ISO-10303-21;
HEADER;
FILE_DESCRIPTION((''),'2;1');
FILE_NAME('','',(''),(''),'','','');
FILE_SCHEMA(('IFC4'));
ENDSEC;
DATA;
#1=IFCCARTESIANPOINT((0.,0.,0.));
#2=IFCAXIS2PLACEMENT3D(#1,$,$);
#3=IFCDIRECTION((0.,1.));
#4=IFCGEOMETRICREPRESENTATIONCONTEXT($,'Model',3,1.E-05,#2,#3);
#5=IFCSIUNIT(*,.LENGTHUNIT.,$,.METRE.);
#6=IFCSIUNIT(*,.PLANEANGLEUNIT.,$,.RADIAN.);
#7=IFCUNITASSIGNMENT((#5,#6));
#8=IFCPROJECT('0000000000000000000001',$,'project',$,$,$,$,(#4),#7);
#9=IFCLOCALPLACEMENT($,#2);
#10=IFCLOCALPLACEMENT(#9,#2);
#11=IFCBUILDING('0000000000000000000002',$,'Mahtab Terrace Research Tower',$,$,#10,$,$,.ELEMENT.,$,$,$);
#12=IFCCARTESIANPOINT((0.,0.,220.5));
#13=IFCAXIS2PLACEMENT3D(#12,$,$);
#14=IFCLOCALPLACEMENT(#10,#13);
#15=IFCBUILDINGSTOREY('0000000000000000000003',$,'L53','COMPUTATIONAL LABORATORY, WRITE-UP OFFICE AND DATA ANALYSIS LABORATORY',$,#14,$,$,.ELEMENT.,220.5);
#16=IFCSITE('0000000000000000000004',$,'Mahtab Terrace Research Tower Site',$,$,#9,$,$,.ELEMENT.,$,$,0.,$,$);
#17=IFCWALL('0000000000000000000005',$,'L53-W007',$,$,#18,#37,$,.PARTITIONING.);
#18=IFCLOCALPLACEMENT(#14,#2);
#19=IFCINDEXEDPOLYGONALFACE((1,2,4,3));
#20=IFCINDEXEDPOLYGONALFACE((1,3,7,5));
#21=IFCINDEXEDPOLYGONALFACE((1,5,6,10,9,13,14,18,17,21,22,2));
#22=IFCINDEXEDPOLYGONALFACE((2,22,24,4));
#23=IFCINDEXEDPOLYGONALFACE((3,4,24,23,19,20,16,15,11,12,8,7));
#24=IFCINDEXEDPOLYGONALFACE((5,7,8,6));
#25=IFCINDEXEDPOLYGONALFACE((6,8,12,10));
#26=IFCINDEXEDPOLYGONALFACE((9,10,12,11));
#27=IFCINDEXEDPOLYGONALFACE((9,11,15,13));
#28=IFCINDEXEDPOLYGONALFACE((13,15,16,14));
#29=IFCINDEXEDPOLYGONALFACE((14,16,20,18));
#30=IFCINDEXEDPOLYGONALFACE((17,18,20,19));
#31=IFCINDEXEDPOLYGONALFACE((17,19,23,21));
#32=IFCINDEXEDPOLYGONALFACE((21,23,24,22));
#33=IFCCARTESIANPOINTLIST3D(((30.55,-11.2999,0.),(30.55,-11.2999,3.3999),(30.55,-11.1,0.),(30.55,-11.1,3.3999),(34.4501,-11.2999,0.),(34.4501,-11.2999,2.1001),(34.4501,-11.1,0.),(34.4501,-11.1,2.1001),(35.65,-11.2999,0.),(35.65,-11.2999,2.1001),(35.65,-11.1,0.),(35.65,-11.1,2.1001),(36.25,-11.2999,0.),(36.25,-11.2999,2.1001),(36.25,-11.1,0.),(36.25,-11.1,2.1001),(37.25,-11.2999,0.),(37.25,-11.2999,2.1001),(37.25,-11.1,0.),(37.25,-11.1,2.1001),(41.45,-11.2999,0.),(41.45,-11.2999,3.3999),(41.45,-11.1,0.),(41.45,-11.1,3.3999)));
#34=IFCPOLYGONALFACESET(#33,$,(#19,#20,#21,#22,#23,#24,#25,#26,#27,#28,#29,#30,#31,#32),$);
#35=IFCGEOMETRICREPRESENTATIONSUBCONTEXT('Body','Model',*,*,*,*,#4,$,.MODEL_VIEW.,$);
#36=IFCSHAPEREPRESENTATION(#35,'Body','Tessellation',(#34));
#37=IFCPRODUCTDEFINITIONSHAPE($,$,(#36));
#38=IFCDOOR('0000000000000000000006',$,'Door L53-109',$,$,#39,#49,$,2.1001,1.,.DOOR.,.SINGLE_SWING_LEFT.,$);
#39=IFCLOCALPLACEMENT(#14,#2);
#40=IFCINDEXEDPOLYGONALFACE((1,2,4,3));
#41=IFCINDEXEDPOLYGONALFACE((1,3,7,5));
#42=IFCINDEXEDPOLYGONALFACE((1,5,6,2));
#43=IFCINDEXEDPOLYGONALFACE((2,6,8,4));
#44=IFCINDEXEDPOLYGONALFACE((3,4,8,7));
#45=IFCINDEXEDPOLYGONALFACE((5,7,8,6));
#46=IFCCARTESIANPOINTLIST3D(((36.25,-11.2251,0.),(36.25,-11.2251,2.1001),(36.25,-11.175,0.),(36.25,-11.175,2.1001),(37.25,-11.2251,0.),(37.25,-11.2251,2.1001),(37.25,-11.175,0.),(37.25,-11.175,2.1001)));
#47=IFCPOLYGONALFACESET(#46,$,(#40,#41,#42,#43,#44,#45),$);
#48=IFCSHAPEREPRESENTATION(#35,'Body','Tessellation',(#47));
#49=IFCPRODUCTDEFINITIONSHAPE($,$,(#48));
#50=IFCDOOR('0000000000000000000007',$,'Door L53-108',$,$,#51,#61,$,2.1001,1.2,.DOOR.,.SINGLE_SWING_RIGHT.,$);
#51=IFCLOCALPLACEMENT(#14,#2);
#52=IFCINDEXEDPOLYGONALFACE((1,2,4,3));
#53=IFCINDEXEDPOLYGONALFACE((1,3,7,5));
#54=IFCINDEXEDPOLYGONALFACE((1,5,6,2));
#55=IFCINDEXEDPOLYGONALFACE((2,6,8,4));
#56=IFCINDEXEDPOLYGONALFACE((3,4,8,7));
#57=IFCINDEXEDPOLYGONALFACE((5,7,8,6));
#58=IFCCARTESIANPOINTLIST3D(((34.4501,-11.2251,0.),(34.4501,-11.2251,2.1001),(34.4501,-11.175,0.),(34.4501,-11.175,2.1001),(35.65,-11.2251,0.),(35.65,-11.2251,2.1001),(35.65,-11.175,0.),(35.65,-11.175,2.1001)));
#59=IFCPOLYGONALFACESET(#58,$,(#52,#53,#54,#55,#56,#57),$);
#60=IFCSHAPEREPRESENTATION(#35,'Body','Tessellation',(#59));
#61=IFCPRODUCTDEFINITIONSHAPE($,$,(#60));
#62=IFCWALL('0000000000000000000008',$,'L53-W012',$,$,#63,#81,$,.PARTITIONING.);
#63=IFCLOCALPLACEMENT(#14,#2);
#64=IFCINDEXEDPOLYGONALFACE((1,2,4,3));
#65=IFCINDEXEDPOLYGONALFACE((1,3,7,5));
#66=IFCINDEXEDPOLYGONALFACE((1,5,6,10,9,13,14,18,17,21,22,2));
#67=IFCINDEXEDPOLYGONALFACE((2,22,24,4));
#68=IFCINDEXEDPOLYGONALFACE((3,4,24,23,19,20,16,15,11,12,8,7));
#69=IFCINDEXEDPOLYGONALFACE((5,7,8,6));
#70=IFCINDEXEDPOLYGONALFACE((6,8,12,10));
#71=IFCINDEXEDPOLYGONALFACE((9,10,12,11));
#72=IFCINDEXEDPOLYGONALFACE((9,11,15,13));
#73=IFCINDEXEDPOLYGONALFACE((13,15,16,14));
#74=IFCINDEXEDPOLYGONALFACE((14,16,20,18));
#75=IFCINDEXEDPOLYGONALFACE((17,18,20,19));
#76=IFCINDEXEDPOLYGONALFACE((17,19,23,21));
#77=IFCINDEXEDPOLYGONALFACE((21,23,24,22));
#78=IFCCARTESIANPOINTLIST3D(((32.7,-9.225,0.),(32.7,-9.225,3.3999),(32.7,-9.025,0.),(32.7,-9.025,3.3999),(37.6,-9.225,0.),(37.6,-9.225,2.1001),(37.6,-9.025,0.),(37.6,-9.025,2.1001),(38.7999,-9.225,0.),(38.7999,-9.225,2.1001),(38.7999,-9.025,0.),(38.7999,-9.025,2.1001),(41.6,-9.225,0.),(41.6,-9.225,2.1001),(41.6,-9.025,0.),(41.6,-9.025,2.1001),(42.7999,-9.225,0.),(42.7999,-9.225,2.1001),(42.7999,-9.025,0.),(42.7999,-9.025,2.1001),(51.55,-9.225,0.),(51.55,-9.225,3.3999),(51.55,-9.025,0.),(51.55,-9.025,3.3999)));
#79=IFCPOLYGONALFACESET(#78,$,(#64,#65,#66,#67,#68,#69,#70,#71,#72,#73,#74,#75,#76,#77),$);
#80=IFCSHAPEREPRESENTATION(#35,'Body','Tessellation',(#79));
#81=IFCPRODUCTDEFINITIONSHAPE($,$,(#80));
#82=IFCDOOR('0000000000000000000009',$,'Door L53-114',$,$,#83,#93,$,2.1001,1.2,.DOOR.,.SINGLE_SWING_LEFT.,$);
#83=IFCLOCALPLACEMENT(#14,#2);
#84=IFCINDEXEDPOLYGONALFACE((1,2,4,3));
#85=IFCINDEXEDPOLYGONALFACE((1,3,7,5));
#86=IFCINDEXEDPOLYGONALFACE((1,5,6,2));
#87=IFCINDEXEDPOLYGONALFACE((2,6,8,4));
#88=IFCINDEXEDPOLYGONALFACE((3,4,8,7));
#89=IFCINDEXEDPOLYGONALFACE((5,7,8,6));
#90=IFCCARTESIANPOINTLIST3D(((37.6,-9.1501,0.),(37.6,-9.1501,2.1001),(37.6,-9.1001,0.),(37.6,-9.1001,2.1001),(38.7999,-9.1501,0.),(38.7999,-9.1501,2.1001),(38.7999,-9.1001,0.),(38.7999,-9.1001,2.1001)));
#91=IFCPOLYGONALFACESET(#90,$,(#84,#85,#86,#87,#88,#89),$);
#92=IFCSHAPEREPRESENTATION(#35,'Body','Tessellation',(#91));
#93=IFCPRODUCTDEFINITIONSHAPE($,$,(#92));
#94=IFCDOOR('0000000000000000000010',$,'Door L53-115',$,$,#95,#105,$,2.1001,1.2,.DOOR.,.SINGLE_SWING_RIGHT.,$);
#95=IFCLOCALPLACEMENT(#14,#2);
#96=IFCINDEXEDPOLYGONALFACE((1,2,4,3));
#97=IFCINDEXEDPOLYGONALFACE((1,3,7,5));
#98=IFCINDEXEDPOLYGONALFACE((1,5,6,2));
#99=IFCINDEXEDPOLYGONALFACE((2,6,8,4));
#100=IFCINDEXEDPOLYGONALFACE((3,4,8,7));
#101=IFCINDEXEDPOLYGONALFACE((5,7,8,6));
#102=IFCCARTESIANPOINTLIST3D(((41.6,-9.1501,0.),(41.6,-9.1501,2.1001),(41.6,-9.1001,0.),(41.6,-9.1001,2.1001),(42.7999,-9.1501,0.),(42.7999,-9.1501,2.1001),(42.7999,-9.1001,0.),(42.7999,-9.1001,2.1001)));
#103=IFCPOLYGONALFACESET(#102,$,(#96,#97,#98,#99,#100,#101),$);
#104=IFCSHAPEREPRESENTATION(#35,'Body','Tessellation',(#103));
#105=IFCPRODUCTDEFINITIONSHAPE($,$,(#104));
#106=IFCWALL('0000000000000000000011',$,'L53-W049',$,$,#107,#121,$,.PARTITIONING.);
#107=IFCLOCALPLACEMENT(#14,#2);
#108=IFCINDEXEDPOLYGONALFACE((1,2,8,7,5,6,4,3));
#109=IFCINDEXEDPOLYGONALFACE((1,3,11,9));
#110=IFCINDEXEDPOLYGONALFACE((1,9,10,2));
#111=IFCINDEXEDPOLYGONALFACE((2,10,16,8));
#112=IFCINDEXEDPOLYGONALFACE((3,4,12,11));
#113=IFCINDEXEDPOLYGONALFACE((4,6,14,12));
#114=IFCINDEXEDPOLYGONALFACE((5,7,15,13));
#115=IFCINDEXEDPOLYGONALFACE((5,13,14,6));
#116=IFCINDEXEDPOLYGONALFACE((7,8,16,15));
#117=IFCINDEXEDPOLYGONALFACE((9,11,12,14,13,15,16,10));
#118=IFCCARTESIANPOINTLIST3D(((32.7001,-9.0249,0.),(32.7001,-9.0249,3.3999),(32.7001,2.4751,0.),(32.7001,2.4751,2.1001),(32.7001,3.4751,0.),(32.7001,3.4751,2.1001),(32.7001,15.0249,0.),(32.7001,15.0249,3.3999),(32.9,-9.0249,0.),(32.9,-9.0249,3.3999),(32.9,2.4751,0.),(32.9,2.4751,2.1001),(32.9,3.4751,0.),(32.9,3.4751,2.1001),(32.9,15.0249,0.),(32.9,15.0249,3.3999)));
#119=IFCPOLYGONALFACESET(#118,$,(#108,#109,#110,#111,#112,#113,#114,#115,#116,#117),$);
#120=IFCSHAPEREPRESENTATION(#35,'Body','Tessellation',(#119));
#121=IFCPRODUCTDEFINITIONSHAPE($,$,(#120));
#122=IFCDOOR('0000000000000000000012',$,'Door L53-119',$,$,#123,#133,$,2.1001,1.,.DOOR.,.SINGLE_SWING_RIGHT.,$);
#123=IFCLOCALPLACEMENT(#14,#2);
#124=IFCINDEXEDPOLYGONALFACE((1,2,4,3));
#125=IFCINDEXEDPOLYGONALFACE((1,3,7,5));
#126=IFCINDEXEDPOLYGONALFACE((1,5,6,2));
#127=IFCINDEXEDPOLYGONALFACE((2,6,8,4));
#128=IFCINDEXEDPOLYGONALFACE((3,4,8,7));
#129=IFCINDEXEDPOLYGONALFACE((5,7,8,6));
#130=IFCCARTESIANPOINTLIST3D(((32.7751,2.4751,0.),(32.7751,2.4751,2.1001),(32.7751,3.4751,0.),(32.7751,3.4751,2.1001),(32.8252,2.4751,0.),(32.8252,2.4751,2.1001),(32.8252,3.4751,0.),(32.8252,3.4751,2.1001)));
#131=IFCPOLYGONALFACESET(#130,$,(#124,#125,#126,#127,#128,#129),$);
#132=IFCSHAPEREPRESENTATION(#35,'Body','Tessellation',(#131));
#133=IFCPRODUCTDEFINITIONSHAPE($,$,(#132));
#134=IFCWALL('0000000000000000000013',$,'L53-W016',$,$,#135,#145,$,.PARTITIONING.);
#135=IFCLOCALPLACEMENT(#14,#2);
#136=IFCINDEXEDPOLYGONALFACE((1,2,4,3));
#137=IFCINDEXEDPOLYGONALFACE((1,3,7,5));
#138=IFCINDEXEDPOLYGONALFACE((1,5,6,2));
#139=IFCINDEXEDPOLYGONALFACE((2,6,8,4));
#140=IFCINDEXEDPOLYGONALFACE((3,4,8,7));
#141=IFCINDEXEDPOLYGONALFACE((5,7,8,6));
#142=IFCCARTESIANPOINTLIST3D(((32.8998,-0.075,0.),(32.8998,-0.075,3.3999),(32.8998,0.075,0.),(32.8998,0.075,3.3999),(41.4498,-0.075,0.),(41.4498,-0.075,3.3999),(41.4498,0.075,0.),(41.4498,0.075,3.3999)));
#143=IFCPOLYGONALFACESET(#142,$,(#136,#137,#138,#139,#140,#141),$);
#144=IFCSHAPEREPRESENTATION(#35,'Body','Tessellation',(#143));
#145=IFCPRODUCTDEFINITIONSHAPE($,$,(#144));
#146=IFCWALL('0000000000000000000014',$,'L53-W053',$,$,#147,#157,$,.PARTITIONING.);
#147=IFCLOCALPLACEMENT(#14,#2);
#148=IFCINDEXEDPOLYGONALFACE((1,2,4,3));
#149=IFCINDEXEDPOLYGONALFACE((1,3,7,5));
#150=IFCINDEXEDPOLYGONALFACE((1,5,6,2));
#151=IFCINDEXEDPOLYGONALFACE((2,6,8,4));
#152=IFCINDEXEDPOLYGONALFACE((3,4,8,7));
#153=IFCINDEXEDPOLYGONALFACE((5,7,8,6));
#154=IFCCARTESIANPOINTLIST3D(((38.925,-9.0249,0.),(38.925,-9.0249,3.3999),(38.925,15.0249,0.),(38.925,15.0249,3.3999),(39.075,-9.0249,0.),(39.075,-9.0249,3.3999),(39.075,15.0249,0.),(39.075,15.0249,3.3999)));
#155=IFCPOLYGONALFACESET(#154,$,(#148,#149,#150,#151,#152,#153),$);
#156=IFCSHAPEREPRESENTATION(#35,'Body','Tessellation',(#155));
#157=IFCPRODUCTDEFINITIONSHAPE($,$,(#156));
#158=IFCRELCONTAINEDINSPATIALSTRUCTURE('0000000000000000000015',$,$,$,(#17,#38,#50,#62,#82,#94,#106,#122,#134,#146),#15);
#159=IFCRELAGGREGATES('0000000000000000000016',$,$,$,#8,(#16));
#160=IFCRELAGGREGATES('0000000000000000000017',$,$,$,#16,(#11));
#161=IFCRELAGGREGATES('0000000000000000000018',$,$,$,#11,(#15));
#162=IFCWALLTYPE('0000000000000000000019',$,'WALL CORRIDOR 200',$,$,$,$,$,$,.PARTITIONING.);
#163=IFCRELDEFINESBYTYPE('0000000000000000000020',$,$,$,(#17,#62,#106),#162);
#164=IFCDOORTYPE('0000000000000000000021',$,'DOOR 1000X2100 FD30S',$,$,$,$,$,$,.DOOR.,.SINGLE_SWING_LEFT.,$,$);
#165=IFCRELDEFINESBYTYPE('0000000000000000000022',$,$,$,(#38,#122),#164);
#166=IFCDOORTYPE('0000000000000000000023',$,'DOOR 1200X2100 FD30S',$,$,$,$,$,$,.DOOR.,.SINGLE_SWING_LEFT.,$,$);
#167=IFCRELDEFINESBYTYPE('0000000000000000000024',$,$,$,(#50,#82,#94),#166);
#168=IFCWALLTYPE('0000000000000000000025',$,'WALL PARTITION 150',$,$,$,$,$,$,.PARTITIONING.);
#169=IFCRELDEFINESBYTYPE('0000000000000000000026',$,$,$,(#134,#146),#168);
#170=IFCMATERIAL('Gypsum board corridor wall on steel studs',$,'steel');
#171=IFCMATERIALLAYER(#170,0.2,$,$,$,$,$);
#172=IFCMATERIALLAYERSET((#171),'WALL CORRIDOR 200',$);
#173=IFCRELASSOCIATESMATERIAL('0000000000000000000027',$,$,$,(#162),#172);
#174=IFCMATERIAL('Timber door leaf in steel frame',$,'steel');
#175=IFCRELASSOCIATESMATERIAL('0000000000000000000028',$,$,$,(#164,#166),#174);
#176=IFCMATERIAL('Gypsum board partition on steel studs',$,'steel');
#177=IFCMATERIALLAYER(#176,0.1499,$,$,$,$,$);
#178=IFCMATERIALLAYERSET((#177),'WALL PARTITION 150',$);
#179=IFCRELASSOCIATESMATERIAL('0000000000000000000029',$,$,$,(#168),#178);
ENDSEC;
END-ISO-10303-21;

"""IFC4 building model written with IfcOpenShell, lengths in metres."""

from ifc_helpers import new_model, si_unit, direction, frame, frame_2d, origin, place, context, subcontext, project, spatial, rectangle, extrude, material, layer, layer_set, type_object, element, fill, save


model = new_model("IFC4")

# Units and contexts
model_context = context("Model", 3, precision=1e-05, world=origin(), true_north=direction((0.0, 1.0)))
body_context = subcontext(model_context, "Body", "Model", "MODEL_VIEW")
ifc_project = project(units=[si_unit("LENGTHUNIT", "METRE"), si_unit("PLANEANGLEUNIT", "RADIAN")], contexts=[model_context])

# Site, building, storey
site_placement = place(None, origin())
site = spatial("IfcSite", under=ifc_project, at=site_placement, Name="Mahtab Terrace Research Tower Site", CompositionType="ELEMENT", RefElevation=0.0)
building_placement = place(site_placement, origin())
building = spatial("IfcBuilding", under=site, at=building_placement, Name="Mahtab Terrace Research Tower", CompositionType="ELEMENT")
storey_placement = place(building_placement, frame((0.0, 0.0, 220.5)))
storey = spatial("IfcBuildingStorey", under=building, at=storey_placement, Name="L53", Description="COMPUTATIONAL LABORATORY, WRITE-UP OFFICE AND DATA ANALYSIS LABORATORY", CompositionType="ELEMENT", Elevation=220.5)

# Walls, openings, doors
ifc_material_1 = material(Name="Gypsum board corridor wall on steel studs", Category="steel")
ifc_layer_1 = layer(ifc_material_1, 0.2)
ifc_layer_set_1 = layer_set([ifc_layer_1], Name="WALL CORRIDOR 200")
wall_type_1 = type_object("IfcWallType", Name="WALL CORRIDOR 200", PredefinedType="PARTITIONING", material=ifc_layer_set_1)
wall_1_placement = place(storey_placement, frame((30.55, -11.2, 0.0), z_axis=(0.0, 0.0, 1.0), x_axis=(1.0, 0.0, 0.0)))
wall_1 = element("IfcWall", 1, at=wall_1_placement, inside=storey, type_object=wall_type_1, Name="L53-W007", PredefinedType="PARTITIONING", context=body_context, shape_type="SweptSolid", body=[
    extrude(rectangle(XDim=10.8999, YDim=0.2, at=frame_2d((5.45, 0.0))), origin(), (0.0, 0.0, 1.0), 3.3999),
])
opening_1_placement = place(wall_1_placement, frame((3.8999, 0.0, 0.0)))
opening_1 = element("IfcOpeningElement", 2, at=opening_1_placement, cuts=wall_1, PredefinedType="OPENING", context=body_context, shape_type="SweptSolid", body=[
    extrude(rectangle(XDim=1.2, YDim=2.1001, at=frame_2d((0.6001, 1.05))), frame((0.0, 0.1099, 0.0), z_axis=(0.0, -1.0, 0.0), x_axis=(1.0, 0.0, 0.0)), (0.0, 0.0, 1.0), 0.22),
])
opening_2_placement = place(wall_1_placement, frame((5.7, 0.0, 0.0)))
opening_2 = element("IfcOpeningElement", 3, at=opening_2_placement, cuts=wall_1, PredefinedType="OPENING", context=body_context, shape_type="SweptSolid", body=[
    extrude(rectangle(XDim=1.0, YDim=2.1001, at=frame_2d((0.5, 1.05))), frame((0.0, 0.1099, 0.0), z_axis=(0.0, -1.0, 0.0), x_axis=(1.0, 0.0, 0.0)), (0.0, 0.0, 1.0), 0.22),
])
ifc_material_2 = material(Name="Timber door leaf in steel frame", Category="steel")
door_type_1 = type_object("IfcDoorType", Name="DOOR 1000X2100 FD30S", OperationType="SINGLE_SWING_LEFT", PredefinedType="DOOR", material=ifc_material_2)
door_1_placement = place(opening_2_placement, origin())
door_1 = element("IfcDoor", 4, at=door_1_placement, inside=storey, type_object=door_type_1, Name="Door L53-109", OperationType="SINGLE_SWING_LEFT", OverallHeight=2.1001, OverallWidth=1.0, PredefinedType="DOOR", context=body_context, shape_type="SweptSolid", body=[
    extrude(rectangle(XDim=1.0, YDim=2.1001, at=frame_2d((0.5, 1.05))), frame((0.0, 0.0249, 0.0), z_axis=(0.0, -1.0, 0.0), x_axis=(1.0, 0.0, 0.0)), (0.0, 0.0, 1.0), 0.05),
])
fill(opening_2, door_1)
door_type_2 = type_object("IfcDoorType", Name="DOOR 1200X2100 FD30S", OperationType="SINGLE_SWING_LEFT", PredefinedType="DOOR", material=ifc_material_2)
door_2_placement = place(opening_1_placement, origin())
door_2 = element("IfcDoor", 5, at=door_2_placement, inside=storey, type_object=door_type_2, Name="Door L53-108", OperationType="SINGLE_SWING_RIGHT", OverallHeight=2.1001, OverallWidth=1.2, PredefinedType="DOOR", context=body_context, shape_type="SweptSolid", body=[
    extrude(rectangle(XDim=1.2, YDim=2.1001, at=frame_2d((0.6001, 1.05))), frame((0.0, 0.0249, 0.0), z_axis=(0.0, -1.0, 0.0), x_axis=(1.0, 0.0, 0.0)), (0.0, 0.0, 1.0), 0.05),
])
fill(opening_1, door_2)
wall_2_placement = place(storey_placement, frame((32.7, -9.125, 0.0), z_axis=(0.0, 0.0, 1.0), x_axis=(1.0, 0.0, 0.0)))
wall_2 = element("IfcWall", 6, at=wall_2_placement, inside=storey, type_object=wall_type_1, Name="L53-W012", PredefinedType="PARTITIONING", context=body_context, shape_type="SweptSolid", body=[
    extrude(rectangle(XDim=18.8501, YDim=0.2, at=frame_2d((9.425, 0.0))), origin(), (0.0, 0.0, 1.0), 3.3999),
])
opening_3_placement = place(wall_2_placement, frame((4.8999, 0.0, 0.0)))
opening_3 = element("IfcOpeningElement", 7, at=opening_3_placement, cuts=wall_2, PredefinedType="OPENING", context=body_context, shape_type="SweptSolid", body=[
    extrude(rectangle(XDim=1.2, YDim=2.1001, at=frame_2d((0.6001, 1.05))), frame((0.0, 0.1099, 0.0), z_axis=(0.0, -1.0, 0.0), x_axis=(1.0, 0.0, 0.0)), (0.0, 0.0, 1.0), 0.22),
])
opening_4_placement = place(wall_2_placement, frame((8.8999, 0.0, 0.0)))
opening_4 = element("IfcOpeningElement", 8, at=opening_4_placement, cuts=wall_2, PredefinedType="OPENING", context=body_context, shape_type="SweptSolid", body=[
    extrude(rectangle(XDim=1.2, YDim=2.1001, at=frame_2d((0.6001, 1.05))), frame((0.0, 0.1099, 0.0), z_axis=(0.0, -1.0, 0.0), x_axis=(1.0, 0.0, 0.0)), (0.0, 0.0, 1.0), 0.22),
])
door_3_placement = place(opening_3_placement, origin())
door_3 = element("IfcDoor", 9, at=door_3_placement, inside=storey, type_object=door_type_2, Name="Door L53-114", OperationType="SINGLE_SWING_LEFT", OverallHeight=2.1001, OverallWidth=1.2, PredefinedType="DOOR", context=body_context, shape_type="SweptSolid", body=[
    extrude(rectangle(XDim=1.2, YDim=2.1001, at=frame_2d((0.6001, 1.05))), frame((0.0, 0.0249, 0.0), z_axis=(0.0, -1.0, 0.0), x_axis=(1.0, 0.0, 0.0)), (0.0, 0.0, 1.0), 0.05),
])
fill(opening_3, door_3)
door_4_placement = place(opening_4_placement, origin())
door_4 = element("IfcDoor", 10, at=door_4_placement, inside=storey, type_object=door_type_2, Name="Door L53-115", OperationType="SINGLE_SWING_RIGHT", OverallHeight=2.1001, OverallWidth=1.2, PredefinedType="DOOR", context=body_context, shape_type="SweptSolid", body=[
    extrude(rectangle(XDim=1.2, YDim=2.1001, at=frame_2d((0.6001, 1.05))), frame((0.0, 0.0249, 0.0), z_axis=(0.0, -1.0, 0.0), x_axis=(1.0, 0.0, 0.0)), (0.0, 0.0, 1.0), 0.05),
])
fill(opening_4, door_4)

# Wall, opening, door
wall_3_placement = place(storey_placement, frame((32.8, -9.0249, 0.0), z_axis=(0.0, 0.0, 1.0), x_axis=(0.0, 1.0, 0.0)))
wall_3 = element("IfcWall", 11, at=wall_3_placement, inside=storey, type_object=wall_type_1, Name="L53-W049", PredefinedType="PARTITIONING", context=body_context, shape_type="SweptSolid", body=[
    extrude(rectangle(XDim=24.0498, YDim=0.2, at=frame_2d((12.0249, 0.0))), origin(), (0.0, 0.0, 1.0), 3.3999),
])
opening_5_placement = place(wall_3_placement, frame((11.5, 0.0, 0.0)))
opening_5 = element("IfcOpeningElement", 12, at=opening_5_placement, cuts=wall_3, PredefinedType="OPENING", context=body_context, shape_type="SweptSolid", body=[
    extrude(rectangle(XDim=1.0, YDim=2.1001, at=frame_2d((0.5, 1.05))), frame((0.0, 0.1099, 0.0), z_axis=(0.0, -1.0, 0.0), x_axis=(1.0, 0.0, 0.0)), (0.0, 0.0, 1.0), 0.22),
])
door_5_placement = place(opening_5_placement, origin())
door_5 = element("IfcDoor", 13, at=door_5_placement, inside=storey, type_object=door_type_1, Name="Door L53-119", OperationType="SINGLE_SWING_RIGHT", OverallHeight=2.1001, OverallWidth=1.0, PredefinedType="DOOR", context=body_context, shape_type="SweptSolid", body=[
    extrude(rectangle(XDim=1.0, YDim=2.1001, at=frame_2d((0.5, 1.05))), frame((0.0, 0.0249, 0.0), z_axis=(0.0, -1.0, 0.0), x_axis=(1.0, 0.0, 0.0)), (0.0, 0.0, 1.0), 0.05),
])
fill(opening_5, door_5)

# Walls
ifc_material_3 = material(Name="Gypsum board partition on steel studs", Category="steel")
ifc_layer_2 = layer(ifc_material_3, 0.1499)
ifc_layer_set_2 = layer_set([ifc_layer_2], Name="WALL PARTITION 150")
wall_type_2 = type_object("IfcWallType", Name="WALL PARTITION 150", PredefinedType="PARTITIONING", material=ifc_layer_set_2)
wall_4_placement = place(storey_placement, frame((32.8999, 0.0, 0.0), z_axis=(0.0, 0.0, 1.0), x_axis=(1.0, 0.0, 0.0)))
element("IfcWall", 14, at=wall_4_placement, inside=storey, type_object=wall_type_2, Name="L53-W016", PredefinedType="PARTITIONING", context=body_context, shape_type="SweptSolid", body=[
    extrude(rectangle(XDim=8.55, YDim=0.1499, at=frame_2d((4.2749, 0.0))), origin(), (0.0, 0.0, 1.0), 3.3999),
])
wall_5_placement = place(storey_placement, frame((39.0, -9.0249, 0.0), z_axis=(0.0, 0.0, 1.0), x_axis=(0.0, 1.0, 0.0)))
element("IfcWall", 15, at=wall_5_placement, inside=storey, type_object=wall_type_2, Name="L53-W053", PredefinedType="PARTITIONING", context=body_context, shape_type="SweptSolid", body=[
    extrude(rectangle(XDim=24.0498, YDim=0.1499, at=frame_2d((12.0249, 0.0))), origin(), (0.0, 0.0, 1.0), 3.3999),
])

save(model, "model.ifc")
